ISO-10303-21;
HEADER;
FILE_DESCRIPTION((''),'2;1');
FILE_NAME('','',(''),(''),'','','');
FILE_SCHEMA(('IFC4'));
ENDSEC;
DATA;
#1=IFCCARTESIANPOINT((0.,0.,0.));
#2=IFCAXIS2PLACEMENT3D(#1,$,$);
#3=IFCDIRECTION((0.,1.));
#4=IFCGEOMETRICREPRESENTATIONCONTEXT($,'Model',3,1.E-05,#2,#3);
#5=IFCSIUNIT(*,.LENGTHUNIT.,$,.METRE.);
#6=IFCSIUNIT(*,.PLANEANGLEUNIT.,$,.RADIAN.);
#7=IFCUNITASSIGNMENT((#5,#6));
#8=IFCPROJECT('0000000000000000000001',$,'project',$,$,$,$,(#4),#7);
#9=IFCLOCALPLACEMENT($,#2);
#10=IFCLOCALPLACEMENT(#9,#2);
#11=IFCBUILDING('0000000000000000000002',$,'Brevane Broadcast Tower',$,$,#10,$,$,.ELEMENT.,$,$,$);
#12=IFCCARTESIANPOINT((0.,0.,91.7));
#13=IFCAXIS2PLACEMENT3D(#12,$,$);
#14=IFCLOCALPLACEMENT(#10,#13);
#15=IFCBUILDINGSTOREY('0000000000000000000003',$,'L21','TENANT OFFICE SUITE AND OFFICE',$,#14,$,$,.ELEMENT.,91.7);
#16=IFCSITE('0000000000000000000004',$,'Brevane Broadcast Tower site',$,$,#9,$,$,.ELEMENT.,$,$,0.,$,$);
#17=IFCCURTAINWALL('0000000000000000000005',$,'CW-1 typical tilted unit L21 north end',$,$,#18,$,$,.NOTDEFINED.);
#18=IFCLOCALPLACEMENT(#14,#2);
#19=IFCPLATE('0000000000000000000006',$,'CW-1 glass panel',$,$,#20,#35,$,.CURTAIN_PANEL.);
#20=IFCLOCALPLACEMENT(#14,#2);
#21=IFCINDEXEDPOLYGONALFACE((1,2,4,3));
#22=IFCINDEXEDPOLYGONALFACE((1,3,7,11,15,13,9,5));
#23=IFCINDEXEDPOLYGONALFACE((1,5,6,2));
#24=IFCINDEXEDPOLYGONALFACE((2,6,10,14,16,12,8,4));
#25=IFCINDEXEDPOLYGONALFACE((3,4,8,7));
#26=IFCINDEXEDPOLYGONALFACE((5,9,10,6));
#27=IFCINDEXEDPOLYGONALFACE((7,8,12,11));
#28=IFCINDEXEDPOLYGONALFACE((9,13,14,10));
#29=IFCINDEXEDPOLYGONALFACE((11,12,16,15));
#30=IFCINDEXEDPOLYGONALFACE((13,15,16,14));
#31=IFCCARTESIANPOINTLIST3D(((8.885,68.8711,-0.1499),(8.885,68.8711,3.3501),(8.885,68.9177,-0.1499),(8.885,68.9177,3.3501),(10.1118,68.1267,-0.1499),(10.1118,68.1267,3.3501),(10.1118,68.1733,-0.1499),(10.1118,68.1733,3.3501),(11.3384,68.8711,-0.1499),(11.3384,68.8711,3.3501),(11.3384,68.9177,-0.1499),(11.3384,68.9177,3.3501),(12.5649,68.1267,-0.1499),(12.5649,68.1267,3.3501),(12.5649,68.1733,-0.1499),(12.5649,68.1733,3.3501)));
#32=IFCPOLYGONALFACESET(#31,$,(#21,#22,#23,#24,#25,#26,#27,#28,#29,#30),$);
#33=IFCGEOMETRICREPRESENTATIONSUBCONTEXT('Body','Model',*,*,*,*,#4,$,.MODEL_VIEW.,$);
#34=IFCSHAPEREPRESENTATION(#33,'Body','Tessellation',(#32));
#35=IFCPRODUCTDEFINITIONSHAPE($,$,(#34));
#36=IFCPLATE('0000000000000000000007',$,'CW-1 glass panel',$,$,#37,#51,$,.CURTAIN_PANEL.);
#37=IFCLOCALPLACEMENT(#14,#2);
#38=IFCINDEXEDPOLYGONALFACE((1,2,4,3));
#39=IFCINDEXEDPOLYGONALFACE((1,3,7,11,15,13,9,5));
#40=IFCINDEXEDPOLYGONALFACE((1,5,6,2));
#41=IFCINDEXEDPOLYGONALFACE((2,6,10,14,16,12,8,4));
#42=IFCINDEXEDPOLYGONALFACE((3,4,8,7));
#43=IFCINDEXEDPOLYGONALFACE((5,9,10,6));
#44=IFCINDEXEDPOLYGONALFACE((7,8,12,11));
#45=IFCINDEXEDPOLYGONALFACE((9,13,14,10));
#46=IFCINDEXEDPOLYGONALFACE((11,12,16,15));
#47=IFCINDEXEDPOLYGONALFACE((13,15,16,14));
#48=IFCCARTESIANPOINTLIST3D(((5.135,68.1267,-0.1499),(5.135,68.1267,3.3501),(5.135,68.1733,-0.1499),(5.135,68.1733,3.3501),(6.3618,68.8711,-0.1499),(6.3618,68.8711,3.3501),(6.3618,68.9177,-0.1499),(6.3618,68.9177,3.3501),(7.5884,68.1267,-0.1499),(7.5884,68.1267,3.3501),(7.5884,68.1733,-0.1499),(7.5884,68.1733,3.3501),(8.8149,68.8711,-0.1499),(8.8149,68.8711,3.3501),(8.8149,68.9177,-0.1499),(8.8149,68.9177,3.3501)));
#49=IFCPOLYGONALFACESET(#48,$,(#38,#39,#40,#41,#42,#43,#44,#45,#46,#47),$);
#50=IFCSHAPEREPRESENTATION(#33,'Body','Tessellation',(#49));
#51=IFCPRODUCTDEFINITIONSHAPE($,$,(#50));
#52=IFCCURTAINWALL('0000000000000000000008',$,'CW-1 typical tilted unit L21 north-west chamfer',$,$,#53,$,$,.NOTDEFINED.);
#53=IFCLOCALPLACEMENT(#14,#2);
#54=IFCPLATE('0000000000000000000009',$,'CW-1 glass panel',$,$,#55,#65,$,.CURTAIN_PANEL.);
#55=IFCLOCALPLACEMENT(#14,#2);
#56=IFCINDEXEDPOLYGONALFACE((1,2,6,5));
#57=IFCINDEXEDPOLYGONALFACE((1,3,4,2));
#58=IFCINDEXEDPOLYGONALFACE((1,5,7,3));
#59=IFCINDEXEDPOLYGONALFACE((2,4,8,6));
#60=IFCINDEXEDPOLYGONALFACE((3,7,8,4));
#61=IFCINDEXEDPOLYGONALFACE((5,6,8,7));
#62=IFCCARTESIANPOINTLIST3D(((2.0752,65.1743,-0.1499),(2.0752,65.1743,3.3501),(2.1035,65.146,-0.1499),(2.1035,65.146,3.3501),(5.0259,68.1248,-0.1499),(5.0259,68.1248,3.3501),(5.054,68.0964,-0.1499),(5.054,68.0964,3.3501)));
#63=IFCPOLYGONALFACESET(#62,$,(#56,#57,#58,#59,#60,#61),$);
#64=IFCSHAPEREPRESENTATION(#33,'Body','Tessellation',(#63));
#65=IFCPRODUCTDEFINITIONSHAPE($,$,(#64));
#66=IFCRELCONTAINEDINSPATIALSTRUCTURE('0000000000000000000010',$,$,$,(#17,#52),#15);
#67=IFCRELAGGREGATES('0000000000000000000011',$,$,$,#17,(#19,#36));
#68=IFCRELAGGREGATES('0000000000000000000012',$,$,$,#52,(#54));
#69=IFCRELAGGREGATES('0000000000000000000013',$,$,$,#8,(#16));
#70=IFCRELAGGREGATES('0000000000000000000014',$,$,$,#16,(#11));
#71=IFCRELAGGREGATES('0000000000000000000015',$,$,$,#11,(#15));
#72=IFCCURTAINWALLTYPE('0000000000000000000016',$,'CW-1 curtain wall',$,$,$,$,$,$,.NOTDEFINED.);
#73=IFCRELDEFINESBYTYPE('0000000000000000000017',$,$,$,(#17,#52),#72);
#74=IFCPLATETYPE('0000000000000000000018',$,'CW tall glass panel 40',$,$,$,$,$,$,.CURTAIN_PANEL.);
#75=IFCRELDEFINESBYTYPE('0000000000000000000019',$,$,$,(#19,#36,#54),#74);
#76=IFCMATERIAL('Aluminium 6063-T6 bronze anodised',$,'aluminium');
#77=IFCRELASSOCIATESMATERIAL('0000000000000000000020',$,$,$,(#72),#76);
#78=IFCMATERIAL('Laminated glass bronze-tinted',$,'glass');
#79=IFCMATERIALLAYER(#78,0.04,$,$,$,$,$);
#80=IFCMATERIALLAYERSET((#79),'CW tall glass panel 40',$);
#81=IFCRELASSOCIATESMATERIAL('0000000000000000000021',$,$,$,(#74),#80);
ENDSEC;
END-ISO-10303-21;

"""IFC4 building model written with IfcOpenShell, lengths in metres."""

from ifc_helpers import new_model, si_unit, direction, frame, origin, place, context, subcontext, project, spatial, polyline, outline, extrude, material, layer, layer_set, type_object, element, aggregate, save


model = new_model("IFC4")

# Units and contexts
model_context = context("Model", 3, precision=1e-05, world=origin(), true_north=direction((0.0, 1.0)))
body_context = subcontext(model_context, "Body", "Model", "MODEL_VIEW")
ifc_project = project(units=[si_unit("LENGTHUNIT", "METRE"), si_unit("PLANEANGLEUNIT", "RADIAN")], contexts=[model_context])

# Site, building, storey
site_placement = place(None, origin())
site = spatial("IfcSite", under=ifc_project, at=site_placement, Name="Brevane Broadcast Tower site", CompositionType="ELEMENT", RefElevation=0.0)
building_placement = place(site_placement, origin())
building = spatial("IfcBuilding", under=site, at=building_placement, Name="Brevane Broadcast Tower", CompositionType="ELEMENT")
storey_placement = place(building_placement, frame((0.0, 0.0, 91.7)))
storey = spatial("IfcBuildingStorey", under=building, at=storey_placement, Name="L21", Description="TENANT OFFICE SUITE AND OFFICE", CompositionType="ELEMENT", Elevation=91.7)

# Shared definitions
ifc_material_1 = material(Name="Aluminium 6063-T6 bronze anodised", Category="aluminium")
curtain_wall_type = type_object("IfcCurtainWallType", Name="CW-1 curtain wall", PredefinedType="NOTDEFINED", material=ifc_material_1)

# Curtain wall, plates
ifc_material_2 = material(Name="Laminated glass bronze-tinted", Category="glass")
ifc_layer = layer(ifc_material_2, 0.04)
ifc_layer_set = layer_set([ifc_layer], Name="CW tall glass panel 40")
plate_type = type_object("IfcPlateType", Name="CW tall glass panel 40", PredefinedType="CURTAIN_PANEL", material=ifc_layer_set)
curtain_wall_1_placement = place(storey_placement, origin())
curtain_wall_1 = element("IfcCurtainWall", 1, at=curtain_wall_1_placement, inside=storey, type_object=curtain_wall_type, Name="CW-1 typical tilted unit L21 north end", PredefinedType="NOTDEFINED")
plate_1_placement = place(storey_placement, frame((0.0, 0.0, -0.1499)))
plate_1 = element("IfcPlate", 2, at=plate_1_placement, type_object=plate_type, Name="CW-1 glass panel", PredefinedType="CURTAIN_PANEL", context=body_context, shape_type="SweptSolid", body=[
    extrude(outline(polyline([(12.5649, 68.1267), (12.5649, 68.1733), (11.3384, 68.9177), (10.1118, 68.1733), (8.885, 68.9177), (8.885, 68.8711), (10.1118, 68.1267), (11.3384, 68.8711), (12.5649, 68.1267)])), origin(), (0.0, 0.0, 1.0), 3.5),
])
plate_2_placement = place(storey_placement, frame((0.0, 0.0, -0.1499)))
plate_2 = element("IfcPlate", 3, at=plate_2_placement, type_object=plate_type, Name="CW-1 glass panel", PredefinedType="CURTAIN_PANEL", context=body_context, shape_type="SweptSolid", body=[
    extrude(outline(polyline([(8.8149, 68.8711), (8.8149, 68.9177), (7.5884, 68.1733), (6.3618, 68.9177), (5.135, 68.1733), (5.135, 68.1267), (6.3618, 68.8711), (7.5884, 68.1267), (8.8149, 68.8711)])), origin(), (0.0, 0.0, 1.0), 3.5),
])
aggregate(curtain_wall_1, [plate_1, plate_2])

# Curtain wall, plate
curtain_wall_2_placement = place(storey_placement, origin())
curtain_wall_2 = element("IfcCurtainWall", 4, at=curtain_wall_2_placement, inside=storey, type_object=curtain_wall_type, Name="CW-1 typical tilted unit L21 north-west chamfer", PredefinedType="NOTDEFINED")
plate_3_placement = place(storey_placement, frame((0.0, 0.0, -0.1499)))
plate_3 = element("IfcPlate", 5, at=plate_3_placement, type_object=plate_type, Name="CW-1 glass panel", PredefinedType="CURTAIN_PANEL", context=body_context, shape_type="SweptSolid", body=[
    extrude(outline(polyline([(5.054, 68.0964), (2.1035, 65.146), (2.0752, 65.1743), (5.0259, 68.1248), (5.054, 68.0964)])), origin(), (0.0, 0.0, 1.0), 3.5),
])
aggregate(curtain_wall_2, [plate_3])

save(model, "model.ifc")
